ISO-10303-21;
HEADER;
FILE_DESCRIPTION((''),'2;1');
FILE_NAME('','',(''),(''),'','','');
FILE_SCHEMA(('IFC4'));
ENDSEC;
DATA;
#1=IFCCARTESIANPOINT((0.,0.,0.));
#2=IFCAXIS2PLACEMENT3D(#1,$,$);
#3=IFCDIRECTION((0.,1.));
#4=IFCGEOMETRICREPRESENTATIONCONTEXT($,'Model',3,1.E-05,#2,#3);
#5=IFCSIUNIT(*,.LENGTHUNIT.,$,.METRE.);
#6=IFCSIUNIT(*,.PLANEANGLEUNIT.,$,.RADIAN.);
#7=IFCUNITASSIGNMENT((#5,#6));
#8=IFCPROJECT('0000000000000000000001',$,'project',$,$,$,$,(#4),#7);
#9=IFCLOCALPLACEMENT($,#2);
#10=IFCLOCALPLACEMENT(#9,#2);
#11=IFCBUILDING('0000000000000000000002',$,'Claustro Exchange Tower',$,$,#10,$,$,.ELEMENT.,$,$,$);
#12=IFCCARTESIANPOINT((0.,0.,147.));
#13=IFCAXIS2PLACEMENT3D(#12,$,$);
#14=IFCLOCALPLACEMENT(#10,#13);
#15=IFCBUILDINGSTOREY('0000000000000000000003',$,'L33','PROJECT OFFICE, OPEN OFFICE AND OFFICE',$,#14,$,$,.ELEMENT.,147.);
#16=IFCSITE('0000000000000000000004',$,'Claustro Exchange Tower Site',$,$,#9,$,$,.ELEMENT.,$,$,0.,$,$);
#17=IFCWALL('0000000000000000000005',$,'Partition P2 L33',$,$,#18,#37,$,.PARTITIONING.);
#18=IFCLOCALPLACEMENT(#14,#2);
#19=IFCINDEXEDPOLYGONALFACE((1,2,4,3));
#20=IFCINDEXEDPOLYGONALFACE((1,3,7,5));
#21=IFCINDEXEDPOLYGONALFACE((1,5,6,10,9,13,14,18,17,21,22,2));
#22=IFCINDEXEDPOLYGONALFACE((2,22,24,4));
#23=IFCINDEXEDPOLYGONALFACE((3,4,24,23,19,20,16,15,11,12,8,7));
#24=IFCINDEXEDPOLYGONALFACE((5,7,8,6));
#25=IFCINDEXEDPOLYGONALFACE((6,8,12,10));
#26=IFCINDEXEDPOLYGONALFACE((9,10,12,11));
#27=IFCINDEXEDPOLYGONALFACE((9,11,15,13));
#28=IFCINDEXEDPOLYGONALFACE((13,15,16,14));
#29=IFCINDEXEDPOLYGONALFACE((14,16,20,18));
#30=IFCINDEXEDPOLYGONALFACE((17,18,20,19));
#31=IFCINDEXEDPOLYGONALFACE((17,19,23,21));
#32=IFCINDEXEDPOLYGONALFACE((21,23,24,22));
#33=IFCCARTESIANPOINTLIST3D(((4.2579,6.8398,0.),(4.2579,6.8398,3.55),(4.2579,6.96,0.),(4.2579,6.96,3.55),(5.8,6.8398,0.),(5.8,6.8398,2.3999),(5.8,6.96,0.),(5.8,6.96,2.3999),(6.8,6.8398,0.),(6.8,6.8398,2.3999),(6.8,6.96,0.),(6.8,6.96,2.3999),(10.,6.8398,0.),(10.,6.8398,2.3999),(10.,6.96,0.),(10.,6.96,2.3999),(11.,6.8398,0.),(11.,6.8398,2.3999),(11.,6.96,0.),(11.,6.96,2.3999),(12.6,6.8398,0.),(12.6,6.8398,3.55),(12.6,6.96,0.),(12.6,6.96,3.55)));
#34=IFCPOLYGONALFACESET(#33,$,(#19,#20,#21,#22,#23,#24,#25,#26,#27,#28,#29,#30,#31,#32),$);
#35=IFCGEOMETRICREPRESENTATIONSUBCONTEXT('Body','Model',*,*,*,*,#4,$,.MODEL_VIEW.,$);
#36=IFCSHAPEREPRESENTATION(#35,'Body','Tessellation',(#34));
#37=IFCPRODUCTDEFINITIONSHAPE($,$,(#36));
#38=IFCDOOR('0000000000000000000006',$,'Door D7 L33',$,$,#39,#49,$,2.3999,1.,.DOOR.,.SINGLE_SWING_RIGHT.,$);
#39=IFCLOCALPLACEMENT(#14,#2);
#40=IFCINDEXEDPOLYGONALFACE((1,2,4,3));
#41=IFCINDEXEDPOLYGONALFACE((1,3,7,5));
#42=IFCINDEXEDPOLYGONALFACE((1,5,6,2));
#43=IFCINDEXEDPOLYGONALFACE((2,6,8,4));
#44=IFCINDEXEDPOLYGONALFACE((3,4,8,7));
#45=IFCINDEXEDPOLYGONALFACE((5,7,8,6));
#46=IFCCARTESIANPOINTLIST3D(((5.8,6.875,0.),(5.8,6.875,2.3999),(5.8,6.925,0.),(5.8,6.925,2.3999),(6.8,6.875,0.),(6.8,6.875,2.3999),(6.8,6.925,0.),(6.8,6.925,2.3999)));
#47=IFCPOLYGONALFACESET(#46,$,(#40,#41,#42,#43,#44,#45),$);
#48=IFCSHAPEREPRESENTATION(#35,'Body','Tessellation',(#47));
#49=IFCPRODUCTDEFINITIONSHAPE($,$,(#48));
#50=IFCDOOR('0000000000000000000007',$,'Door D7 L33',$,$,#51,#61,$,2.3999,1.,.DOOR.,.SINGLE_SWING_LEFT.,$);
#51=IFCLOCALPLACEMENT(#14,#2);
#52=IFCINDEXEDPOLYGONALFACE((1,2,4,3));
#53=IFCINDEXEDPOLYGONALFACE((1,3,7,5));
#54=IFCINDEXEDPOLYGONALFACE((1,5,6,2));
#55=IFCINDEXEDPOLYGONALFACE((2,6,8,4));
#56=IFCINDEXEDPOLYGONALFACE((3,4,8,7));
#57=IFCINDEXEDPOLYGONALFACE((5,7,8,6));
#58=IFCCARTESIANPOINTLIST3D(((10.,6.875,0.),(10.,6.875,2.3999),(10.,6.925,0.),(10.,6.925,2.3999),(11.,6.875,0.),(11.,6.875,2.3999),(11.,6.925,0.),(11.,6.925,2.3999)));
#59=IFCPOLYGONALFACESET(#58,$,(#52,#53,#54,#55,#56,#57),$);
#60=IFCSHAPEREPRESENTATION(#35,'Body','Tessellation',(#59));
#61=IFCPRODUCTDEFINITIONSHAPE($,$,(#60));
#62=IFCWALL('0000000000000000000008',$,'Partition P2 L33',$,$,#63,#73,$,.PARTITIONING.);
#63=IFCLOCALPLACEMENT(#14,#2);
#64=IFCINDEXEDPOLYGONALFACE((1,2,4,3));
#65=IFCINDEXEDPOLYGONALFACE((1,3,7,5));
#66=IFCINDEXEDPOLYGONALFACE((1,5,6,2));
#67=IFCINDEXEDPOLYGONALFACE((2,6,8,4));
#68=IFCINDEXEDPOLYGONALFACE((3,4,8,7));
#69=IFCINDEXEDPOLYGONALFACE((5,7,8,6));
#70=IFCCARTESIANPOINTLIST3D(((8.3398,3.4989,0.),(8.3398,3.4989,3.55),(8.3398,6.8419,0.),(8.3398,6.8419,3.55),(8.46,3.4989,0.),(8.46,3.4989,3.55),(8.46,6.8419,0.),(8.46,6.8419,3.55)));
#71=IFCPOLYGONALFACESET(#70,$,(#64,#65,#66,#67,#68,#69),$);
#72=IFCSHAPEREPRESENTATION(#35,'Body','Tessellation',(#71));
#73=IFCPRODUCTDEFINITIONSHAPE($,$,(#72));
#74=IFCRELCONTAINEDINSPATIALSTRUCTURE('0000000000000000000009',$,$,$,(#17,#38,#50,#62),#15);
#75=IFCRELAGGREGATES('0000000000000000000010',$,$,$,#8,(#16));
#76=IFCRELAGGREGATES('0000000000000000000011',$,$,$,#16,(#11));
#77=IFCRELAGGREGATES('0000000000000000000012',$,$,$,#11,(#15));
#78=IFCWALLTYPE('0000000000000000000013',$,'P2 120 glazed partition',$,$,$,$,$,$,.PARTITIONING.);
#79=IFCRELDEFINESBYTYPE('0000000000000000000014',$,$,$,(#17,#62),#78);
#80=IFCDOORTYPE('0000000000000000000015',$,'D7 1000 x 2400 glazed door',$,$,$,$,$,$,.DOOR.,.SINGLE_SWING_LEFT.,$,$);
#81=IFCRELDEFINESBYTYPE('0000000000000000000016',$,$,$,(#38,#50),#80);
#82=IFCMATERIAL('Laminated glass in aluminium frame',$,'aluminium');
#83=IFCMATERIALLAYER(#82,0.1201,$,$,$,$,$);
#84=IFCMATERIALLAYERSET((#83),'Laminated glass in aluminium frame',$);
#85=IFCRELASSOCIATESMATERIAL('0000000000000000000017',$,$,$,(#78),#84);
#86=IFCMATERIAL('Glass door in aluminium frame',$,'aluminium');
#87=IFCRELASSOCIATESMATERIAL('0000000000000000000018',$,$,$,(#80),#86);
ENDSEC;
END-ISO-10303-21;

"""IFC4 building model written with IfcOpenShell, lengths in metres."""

from ifc_helpers import new_model, si_unit, direction, frame, frame_2d, origin, place, context, subcontext, project, spatial, rectangle, extrude, material, layer, layer_set, type_object, element, fill, save


model = new_model("IFC4")

# Units and contexts
model_context = context("Model", 3, precision=1e-05, world=origin(), true_north=direction((0.0, 1.0)))
body_context = subcontext(model_context, "Body", "Model", "MODEL_VIEW")
ifc_project = project(units=[si_unit("LENGTHUNIT", "METRE"), si_unit("PLANEANGLEUNIT", "RADIAN")], contexts=[model_context])

# Site, building, storey
site_placement = place(None, origin())
site = spatial("IfcSite", under=ifc_project, at=site_placement, Name="Claustro Exchange Tower Site", CompositionType="ELEMENT", RefElevation=0.0)
building_placement = place(site_placement, origin())
building = spatial("IfcBuilding", under=site, at=building_placement, Name="Claustro Exchange Tower", CompositionType="ELEMENT")
storey_placement = place(building_placement, frame((0.0, 0.0, 147.0)))
storey = spatial("IfcBuildingStorey", under=building, at=storey_placement, Name="L33", Description="PROJECT OFFICE, OPEN OFFICE AND OFFICE", CompositionType="ELEMENT", Elevation=147.0)

# Wall, openings, doors
ifc_material_1 = material(Name="Laminated glass in aluminium frame", Category="aluminium")
ifc_layer_1 = layer(ifc_material_1, 0.1201)
ifc_layer_set_1 = layer_set([ifc_layer_1], Name="Laminated glass in aluminium frame")
wall_type_1 = type_object("IfcWallType", Name="P2 120 glazed partition", PredefinedType="PARTITIONING", material=ifc_layer_set_1)
wall_1_placement = place(storey_placement, frame((4.2581, 6.8999, 0.0), z_axis=(0.0, 0.0, 1.0), x_axis=(1.0, 0.0, 0.0)))
wall_1 = element("IfcWall", 1, at=wall_1_placement, inside=storey, type_object=wall_type_1, Name="Partition P2 L33", PredefinedType="PARTITIONING", context=body_context, shape_type="SweptSolid", body=[
    extrude(rectangle(XDim=8.342, YDim=0.1201, at=frame_2d((4.1709, 0.0))), origin(), (0.0, 0.0, 1.0), 3.55),
])
opening_1_placement = place(wall_1_placement, frame((1.542, 0.0, 0.0)))
opening_1 = element("IfcOpeningElement", 2, at=opening_1_placement, cuts=wall_1, PredefinedType="OPENING", context=body_context, shape_type="SweptSolid", body=[
    extrude(rectangle(XDim=1.0, YDim=2.3999, at=frame_2d((0.5, 1.2))), frame((0.0, 0.0701, 0.0), z_axis=(0.0, -1.0, 0.0), x_axis=(1.0, 0.0, 0.0)), (0.0, 0.0, 1.0), 0.1401),
])
opening_2_placement = place(wall_1_placement, frame((5.7419, 0.0, 0.0)))
opening_2 = element("IfcOpeningElement", 3, at=opening_2_placement, cuts=wall_1, PredefinedType="OPENING", context=body_context, shape_type="SweptSolid", body=[
    extrude(rectangle(XDim=1.0, YDim=2.3999, at=frame_2d((0.5, 1.2))), frame((0.0, 0.0701, 0.0), z_axis=(0.0, -1.0, 0.0), x_axis=(1.0, 0.0, 0.0)), (0.0, 0.0, 1.0), 0.1401),
])
ifc_material_2 = material(Name="Glass door in aluminium frame", Category="aluminium")
door_type_1 = type_object("IfcDoorType", Name="D7 1000 x 2400 glazed door", OperationType="SINGLE_SWING_LEFT", PredefinedType="DOOR", material=ifc_material_2)
door_1_placement = place(opening_1_placement, frame((1.0, 0.0, 0.0), z_axis=(0.0, 0.0, 1.0), x_axis=(-1.0, 0.0, 0.0)))
door_1 = element("IfcDoor", 4, at=door_1_placement, inside=storey, type_object=door_type_1, Name="Door D7 L33", OperationType="SINGLE_SWING_RIGHT", OverallHeight=2.3999, OverallWidth=1.0, PredefinedType="DOOR", context=body_context, shape_type="SweptSolid", body=[
    extrude(rectangle(XDim=1.0, YDim=2.3999, at=frame_2d((0.5, 1.2))), frame((0.0, 0.0249, 0.0), z_axis=(0.0, -1.0, 0.0), x_axis=(1.0, 0.0, 0.0)), (0.0, 0.0, 1.0), 0.05),
])
fill(opening_1, door_1)
door_2_placement = place(opening_2_placement, frame((1.0, 0.0, 0.0), z_axis=(0.0, 0.0, 1.0), x_axis=(-1.0, 0.0, 0.0)))
door_2 = element("IfcDoor", 5, at=door_2_placement, inside=storey, type_object=door_type_1, Name="Door D7 L33", OperationType="SINGLE_SWING_LEFT", OverallHeight=2.3999, OverallWidth=1.0, PredefinedType="DOOR", context=body_context, shape_type="SweptSolid", body=[
    extrude(rectangle(XDim=1.0, YDim=2.3999, at=frame_2d((0.5, 1.2))), frame((0.0, 0.0249, 0.0), z_axis=(0.0, -1.0, 0.0), x_axis=(1.0, 0.0, 0.0)), (0.0, 0.0, 1.0), 0.05),
])
fill(opening_2, door_2)

# Wall
wall_2_placement = place(storey_placement, frame((8.3999, 3.499, 0.0), z_axis=(0.0, 0.0, 1.0), x_axis=(0.0, 1.0, 0.0)))
element("IfcWall", 6, at=wall_2_placement, inside=storey, type_object=wall_type_1, Name="Partition P2 L33", PredefinedType="PARTITIONING", context=body_context, shape_type="SweptSolid", body=[
    extrude(rectangle(XDim=3.343, YDim=0.1201, at=frame_2d((1.6714, 0.0))), origin(), (0.0, 0.0, 1.0), 3.55),
])

save(model, "model.ifc")
